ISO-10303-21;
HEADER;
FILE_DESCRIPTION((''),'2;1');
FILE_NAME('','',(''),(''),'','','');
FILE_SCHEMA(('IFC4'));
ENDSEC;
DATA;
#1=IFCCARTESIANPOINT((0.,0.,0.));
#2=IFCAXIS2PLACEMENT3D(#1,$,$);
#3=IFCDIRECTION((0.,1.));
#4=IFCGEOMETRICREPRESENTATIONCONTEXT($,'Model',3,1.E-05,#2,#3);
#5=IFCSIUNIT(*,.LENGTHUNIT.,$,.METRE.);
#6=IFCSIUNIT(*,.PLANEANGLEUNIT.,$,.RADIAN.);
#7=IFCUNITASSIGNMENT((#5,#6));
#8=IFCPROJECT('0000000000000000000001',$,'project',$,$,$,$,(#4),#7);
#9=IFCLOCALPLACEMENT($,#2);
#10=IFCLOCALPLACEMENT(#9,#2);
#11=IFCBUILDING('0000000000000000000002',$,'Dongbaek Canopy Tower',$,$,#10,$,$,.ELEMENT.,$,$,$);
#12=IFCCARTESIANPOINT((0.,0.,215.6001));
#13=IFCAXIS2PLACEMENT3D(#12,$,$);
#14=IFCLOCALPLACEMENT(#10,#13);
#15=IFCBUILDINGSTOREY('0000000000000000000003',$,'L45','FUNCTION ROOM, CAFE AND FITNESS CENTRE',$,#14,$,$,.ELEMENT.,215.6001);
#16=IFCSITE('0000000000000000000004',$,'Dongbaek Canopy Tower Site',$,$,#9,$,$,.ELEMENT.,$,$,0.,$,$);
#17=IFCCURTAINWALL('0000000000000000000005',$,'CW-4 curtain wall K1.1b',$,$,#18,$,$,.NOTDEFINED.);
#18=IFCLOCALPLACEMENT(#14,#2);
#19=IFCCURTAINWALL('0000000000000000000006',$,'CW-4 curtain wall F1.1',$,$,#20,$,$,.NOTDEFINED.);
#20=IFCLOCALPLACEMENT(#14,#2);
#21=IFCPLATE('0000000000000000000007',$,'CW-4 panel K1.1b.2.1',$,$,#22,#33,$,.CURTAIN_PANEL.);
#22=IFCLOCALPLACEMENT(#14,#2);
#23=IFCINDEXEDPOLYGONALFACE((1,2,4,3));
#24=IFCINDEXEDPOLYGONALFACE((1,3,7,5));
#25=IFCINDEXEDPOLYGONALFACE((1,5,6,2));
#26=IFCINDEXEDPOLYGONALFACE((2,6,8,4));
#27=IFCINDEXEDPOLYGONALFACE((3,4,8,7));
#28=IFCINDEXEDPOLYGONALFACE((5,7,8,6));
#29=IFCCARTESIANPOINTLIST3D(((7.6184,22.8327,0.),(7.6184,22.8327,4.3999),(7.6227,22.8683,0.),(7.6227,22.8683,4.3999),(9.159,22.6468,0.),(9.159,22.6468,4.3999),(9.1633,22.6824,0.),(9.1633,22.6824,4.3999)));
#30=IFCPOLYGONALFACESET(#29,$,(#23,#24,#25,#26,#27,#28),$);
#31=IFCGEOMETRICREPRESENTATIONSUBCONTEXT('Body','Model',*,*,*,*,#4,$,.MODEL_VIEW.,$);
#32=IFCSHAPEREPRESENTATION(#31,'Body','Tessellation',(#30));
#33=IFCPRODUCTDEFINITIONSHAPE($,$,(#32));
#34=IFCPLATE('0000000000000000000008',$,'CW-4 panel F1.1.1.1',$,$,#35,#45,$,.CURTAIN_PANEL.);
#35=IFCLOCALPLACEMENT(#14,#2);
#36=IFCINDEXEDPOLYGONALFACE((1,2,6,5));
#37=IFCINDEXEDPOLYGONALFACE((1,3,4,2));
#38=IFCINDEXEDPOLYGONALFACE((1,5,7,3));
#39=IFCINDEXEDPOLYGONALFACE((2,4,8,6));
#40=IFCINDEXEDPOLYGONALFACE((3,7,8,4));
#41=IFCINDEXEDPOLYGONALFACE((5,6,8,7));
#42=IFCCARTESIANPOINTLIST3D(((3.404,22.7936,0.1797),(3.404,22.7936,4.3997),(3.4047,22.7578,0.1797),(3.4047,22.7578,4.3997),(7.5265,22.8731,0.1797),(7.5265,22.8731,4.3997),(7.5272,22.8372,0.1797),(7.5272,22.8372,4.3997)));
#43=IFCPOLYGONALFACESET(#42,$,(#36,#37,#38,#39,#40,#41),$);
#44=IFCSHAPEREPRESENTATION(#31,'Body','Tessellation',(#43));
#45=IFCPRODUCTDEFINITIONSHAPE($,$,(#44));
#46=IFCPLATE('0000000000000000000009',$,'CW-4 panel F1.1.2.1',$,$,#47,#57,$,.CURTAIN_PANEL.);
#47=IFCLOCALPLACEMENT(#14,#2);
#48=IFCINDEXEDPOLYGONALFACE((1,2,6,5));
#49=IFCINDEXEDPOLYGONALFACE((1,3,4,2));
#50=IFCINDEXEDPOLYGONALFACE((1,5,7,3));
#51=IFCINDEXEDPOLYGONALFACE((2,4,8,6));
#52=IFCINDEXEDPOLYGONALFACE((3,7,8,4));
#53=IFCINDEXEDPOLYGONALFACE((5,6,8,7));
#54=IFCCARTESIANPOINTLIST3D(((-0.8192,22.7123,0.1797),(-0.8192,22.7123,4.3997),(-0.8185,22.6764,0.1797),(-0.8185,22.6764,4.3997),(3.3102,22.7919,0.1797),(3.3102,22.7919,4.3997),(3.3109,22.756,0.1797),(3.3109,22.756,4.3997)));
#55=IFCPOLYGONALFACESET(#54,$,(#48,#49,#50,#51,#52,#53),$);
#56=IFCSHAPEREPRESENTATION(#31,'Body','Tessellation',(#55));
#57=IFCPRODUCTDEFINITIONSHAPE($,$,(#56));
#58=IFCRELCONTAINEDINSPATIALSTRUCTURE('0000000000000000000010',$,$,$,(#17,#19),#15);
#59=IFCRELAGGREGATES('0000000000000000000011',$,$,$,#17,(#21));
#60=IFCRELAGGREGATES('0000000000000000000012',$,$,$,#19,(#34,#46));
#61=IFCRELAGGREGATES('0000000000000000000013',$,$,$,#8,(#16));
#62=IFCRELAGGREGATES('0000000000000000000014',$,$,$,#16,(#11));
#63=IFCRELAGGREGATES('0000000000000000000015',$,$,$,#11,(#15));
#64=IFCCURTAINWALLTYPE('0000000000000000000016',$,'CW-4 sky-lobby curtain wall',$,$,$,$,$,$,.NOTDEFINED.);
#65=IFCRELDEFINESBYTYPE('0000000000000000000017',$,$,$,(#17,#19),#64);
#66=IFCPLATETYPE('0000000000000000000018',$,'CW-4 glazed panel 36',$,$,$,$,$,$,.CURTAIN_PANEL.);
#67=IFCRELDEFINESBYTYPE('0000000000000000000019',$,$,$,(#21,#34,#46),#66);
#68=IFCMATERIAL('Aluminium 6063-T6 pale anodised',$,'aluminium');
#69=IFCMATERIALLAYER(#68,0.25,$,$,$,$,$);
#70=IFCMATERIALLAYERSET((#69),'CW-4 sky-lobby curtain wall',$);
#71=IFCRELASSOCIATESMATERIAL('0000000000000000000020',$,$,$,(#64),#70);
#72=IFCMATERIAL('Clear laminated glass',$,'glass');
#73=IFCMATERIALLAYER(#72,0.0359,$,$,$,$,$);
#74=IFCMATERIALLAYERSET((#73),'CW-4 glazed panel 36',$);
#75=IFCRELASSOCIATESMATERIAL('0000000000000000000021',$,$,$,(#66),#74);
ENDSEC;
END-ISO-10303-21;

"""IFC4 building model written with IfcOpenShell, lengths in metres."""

from ifc_helpers import new_model, si_unit, direction, frame, origin, origin_2d, place, context, subcontext, project, spatial, rectangle, extrude, material, layer, layer_set, type_object, element, aggregate, save


model = new_model("IFC4")

# Units and contexts
model_context = context("Model", 3, precision=1e-05, world=origin(), true_north=direction((0.0, 1.0)))
body_context = subcontext(model_context, "Body", "Model", "MODEL_VIEW")
ifc_project = project(units=[si_unit("LENGTHUNIT", "METRE"), si_unit("PLANEANGLEUNIT", "RADIAN")], contexts=[model_context])

# Site, building, storey
site_placement = place(None, origin())
site = spatial("IfcSite", under=ifc_project, at=site_placement, Name="Dongbaek Canopy Tower Site", CompositionType="ELEMENT", RefElevation=0.0)
building_placement = place(site_placement, origin())
building = spatial("IfcBuilding", under=site, at=building_placement, Name="Dongbaek Canopy Tower", CompositionType="ELEMENT")
storey_placement = place(building_placement, frame((0.0, 0.0, 215.6001)))
storey = spatial("IfcBuildingStorey", under=building, at=storey_placement, Name="L45", Description="FUNCTION ROOM, CAFE AND FITNESS CENTRE", CompositionType="ELEMENT", Elevation=215.6001)

# Curtain walls
ifc_material_1 = material(Name="Aluminium 6063-T6 pale anodised", Category="aluminium")
ifc_layer_1 = layer(ifc_material_1, 0.25)
ifc_layer_set_1 = layer_set([ifc_layer_1], Name="CW-4 sky-lobby curtain wall")
curtain_wall_type = type_object("IfcCurtainWallType", Name="CW-4 sky-lobby curtain wall", PredefinedType="NOTDEFINED", material=ifc_layer_set_1)
curtain_wall_1_placement = place(storey_placement, origin())
curtain_wall_1 = element("IfcCurtainWall", 1, at=curtain_wall_1_placement, inside=storey, type_object=curtain_wall_type, Name="CW-4 curtain wall K1.1b", PredefinedType="NOTDEFINED")
curtain_wall_2_placement = place(storey_placement, origin())
curtain_wall_2 = element("IfcCurtainWall", 2, at=curtain_wall_2_placement, inside=storey, type_object=curtain_wall_type, Name="CW-4 curtain wall F1.1", PredefinedType="NOTDEFINED")

# Plates
ifc_material_2 = material(Name="Clear laminated glass", Category="glass")
ifc_layer_2 = layer(ifc_material_2, 0.0359)
ifc_layer_set_2 = layer_set([ifc_layer_2], Name="CW-4 glazed panel 36")
plate_type = type_object("IfcPlateType", Name="CW-4 glazed panel 36", PredefinedType="CURTAIN_PANEL", material=ifc_layer_set_2)
plate_1_placement = place(storey_placement, frame((8.3909, 22.7576, 0.0), z_axis=(0.0, 0.0, 1.0), x_axis=(-0.9928, 0.119781, 0.0)))
plate_1 = element("IfcPlate", 3, at=plate_1_placement, type_object=plate_type, Name="CW-4 panel K1.1b.2.1", PredefinedType="CURTAIN_PANEL", context=body_context, shape_type="SweptSolid", body=[
    extrude(rectangle(XDim=1.5518, YDim=0.0359, at=origin_2d()), origin(), (0.0, 0.0, 1.0), 4.3999),
])
aggregate(curtain_wall_1, [plate_1])
plate_2_placement = place(storey_placement, frame((5.4656, 22.8154, 0.1797), z_axis=(0.0, 0.0, 1.0), x_axis=(-0.999814, -0.01927, 0.0)))
plate_2 = element("IfcPlate", 4, at=plate_2_placement, type_object=plate_type, Name="CW-4 panel F1.1.1.1", PredefinedType="CURTAIN_PANEL", context=body_context, shape_type="SweptSolid", body=[
    extrude(rectangle(XDim=4.1233, YDim=0.0359, at=origin_2d()), origin(), (0.0, 0.0, 1.0), 4.22),
])
plate_3_placement = place(storey_placement, frame((1.2458, 22.7341, 0.1797), z_axis=(0.0, 0.0, 1.0), x_axis=(-0.999814, -0.01927, 0.0)))
plate_3 = element("IfcPlate", 5, at=plate_3_placement, type_object=plate_type, Name="CW-4 panel F1.1.2.1", PredefinedType="CURTAIN_PANEL", context=body_context, shape_type="SweptSolid", body=[
    extrude(rectangle(XDim=4.1301, YDim=0.0359, at=origin_2d()), origin(), (0.0, 0.0, 1.0), 4.22),
])
aggregate(curtain_wall_2, [plate_2, plate_3])

save(model, "model.ifc")
